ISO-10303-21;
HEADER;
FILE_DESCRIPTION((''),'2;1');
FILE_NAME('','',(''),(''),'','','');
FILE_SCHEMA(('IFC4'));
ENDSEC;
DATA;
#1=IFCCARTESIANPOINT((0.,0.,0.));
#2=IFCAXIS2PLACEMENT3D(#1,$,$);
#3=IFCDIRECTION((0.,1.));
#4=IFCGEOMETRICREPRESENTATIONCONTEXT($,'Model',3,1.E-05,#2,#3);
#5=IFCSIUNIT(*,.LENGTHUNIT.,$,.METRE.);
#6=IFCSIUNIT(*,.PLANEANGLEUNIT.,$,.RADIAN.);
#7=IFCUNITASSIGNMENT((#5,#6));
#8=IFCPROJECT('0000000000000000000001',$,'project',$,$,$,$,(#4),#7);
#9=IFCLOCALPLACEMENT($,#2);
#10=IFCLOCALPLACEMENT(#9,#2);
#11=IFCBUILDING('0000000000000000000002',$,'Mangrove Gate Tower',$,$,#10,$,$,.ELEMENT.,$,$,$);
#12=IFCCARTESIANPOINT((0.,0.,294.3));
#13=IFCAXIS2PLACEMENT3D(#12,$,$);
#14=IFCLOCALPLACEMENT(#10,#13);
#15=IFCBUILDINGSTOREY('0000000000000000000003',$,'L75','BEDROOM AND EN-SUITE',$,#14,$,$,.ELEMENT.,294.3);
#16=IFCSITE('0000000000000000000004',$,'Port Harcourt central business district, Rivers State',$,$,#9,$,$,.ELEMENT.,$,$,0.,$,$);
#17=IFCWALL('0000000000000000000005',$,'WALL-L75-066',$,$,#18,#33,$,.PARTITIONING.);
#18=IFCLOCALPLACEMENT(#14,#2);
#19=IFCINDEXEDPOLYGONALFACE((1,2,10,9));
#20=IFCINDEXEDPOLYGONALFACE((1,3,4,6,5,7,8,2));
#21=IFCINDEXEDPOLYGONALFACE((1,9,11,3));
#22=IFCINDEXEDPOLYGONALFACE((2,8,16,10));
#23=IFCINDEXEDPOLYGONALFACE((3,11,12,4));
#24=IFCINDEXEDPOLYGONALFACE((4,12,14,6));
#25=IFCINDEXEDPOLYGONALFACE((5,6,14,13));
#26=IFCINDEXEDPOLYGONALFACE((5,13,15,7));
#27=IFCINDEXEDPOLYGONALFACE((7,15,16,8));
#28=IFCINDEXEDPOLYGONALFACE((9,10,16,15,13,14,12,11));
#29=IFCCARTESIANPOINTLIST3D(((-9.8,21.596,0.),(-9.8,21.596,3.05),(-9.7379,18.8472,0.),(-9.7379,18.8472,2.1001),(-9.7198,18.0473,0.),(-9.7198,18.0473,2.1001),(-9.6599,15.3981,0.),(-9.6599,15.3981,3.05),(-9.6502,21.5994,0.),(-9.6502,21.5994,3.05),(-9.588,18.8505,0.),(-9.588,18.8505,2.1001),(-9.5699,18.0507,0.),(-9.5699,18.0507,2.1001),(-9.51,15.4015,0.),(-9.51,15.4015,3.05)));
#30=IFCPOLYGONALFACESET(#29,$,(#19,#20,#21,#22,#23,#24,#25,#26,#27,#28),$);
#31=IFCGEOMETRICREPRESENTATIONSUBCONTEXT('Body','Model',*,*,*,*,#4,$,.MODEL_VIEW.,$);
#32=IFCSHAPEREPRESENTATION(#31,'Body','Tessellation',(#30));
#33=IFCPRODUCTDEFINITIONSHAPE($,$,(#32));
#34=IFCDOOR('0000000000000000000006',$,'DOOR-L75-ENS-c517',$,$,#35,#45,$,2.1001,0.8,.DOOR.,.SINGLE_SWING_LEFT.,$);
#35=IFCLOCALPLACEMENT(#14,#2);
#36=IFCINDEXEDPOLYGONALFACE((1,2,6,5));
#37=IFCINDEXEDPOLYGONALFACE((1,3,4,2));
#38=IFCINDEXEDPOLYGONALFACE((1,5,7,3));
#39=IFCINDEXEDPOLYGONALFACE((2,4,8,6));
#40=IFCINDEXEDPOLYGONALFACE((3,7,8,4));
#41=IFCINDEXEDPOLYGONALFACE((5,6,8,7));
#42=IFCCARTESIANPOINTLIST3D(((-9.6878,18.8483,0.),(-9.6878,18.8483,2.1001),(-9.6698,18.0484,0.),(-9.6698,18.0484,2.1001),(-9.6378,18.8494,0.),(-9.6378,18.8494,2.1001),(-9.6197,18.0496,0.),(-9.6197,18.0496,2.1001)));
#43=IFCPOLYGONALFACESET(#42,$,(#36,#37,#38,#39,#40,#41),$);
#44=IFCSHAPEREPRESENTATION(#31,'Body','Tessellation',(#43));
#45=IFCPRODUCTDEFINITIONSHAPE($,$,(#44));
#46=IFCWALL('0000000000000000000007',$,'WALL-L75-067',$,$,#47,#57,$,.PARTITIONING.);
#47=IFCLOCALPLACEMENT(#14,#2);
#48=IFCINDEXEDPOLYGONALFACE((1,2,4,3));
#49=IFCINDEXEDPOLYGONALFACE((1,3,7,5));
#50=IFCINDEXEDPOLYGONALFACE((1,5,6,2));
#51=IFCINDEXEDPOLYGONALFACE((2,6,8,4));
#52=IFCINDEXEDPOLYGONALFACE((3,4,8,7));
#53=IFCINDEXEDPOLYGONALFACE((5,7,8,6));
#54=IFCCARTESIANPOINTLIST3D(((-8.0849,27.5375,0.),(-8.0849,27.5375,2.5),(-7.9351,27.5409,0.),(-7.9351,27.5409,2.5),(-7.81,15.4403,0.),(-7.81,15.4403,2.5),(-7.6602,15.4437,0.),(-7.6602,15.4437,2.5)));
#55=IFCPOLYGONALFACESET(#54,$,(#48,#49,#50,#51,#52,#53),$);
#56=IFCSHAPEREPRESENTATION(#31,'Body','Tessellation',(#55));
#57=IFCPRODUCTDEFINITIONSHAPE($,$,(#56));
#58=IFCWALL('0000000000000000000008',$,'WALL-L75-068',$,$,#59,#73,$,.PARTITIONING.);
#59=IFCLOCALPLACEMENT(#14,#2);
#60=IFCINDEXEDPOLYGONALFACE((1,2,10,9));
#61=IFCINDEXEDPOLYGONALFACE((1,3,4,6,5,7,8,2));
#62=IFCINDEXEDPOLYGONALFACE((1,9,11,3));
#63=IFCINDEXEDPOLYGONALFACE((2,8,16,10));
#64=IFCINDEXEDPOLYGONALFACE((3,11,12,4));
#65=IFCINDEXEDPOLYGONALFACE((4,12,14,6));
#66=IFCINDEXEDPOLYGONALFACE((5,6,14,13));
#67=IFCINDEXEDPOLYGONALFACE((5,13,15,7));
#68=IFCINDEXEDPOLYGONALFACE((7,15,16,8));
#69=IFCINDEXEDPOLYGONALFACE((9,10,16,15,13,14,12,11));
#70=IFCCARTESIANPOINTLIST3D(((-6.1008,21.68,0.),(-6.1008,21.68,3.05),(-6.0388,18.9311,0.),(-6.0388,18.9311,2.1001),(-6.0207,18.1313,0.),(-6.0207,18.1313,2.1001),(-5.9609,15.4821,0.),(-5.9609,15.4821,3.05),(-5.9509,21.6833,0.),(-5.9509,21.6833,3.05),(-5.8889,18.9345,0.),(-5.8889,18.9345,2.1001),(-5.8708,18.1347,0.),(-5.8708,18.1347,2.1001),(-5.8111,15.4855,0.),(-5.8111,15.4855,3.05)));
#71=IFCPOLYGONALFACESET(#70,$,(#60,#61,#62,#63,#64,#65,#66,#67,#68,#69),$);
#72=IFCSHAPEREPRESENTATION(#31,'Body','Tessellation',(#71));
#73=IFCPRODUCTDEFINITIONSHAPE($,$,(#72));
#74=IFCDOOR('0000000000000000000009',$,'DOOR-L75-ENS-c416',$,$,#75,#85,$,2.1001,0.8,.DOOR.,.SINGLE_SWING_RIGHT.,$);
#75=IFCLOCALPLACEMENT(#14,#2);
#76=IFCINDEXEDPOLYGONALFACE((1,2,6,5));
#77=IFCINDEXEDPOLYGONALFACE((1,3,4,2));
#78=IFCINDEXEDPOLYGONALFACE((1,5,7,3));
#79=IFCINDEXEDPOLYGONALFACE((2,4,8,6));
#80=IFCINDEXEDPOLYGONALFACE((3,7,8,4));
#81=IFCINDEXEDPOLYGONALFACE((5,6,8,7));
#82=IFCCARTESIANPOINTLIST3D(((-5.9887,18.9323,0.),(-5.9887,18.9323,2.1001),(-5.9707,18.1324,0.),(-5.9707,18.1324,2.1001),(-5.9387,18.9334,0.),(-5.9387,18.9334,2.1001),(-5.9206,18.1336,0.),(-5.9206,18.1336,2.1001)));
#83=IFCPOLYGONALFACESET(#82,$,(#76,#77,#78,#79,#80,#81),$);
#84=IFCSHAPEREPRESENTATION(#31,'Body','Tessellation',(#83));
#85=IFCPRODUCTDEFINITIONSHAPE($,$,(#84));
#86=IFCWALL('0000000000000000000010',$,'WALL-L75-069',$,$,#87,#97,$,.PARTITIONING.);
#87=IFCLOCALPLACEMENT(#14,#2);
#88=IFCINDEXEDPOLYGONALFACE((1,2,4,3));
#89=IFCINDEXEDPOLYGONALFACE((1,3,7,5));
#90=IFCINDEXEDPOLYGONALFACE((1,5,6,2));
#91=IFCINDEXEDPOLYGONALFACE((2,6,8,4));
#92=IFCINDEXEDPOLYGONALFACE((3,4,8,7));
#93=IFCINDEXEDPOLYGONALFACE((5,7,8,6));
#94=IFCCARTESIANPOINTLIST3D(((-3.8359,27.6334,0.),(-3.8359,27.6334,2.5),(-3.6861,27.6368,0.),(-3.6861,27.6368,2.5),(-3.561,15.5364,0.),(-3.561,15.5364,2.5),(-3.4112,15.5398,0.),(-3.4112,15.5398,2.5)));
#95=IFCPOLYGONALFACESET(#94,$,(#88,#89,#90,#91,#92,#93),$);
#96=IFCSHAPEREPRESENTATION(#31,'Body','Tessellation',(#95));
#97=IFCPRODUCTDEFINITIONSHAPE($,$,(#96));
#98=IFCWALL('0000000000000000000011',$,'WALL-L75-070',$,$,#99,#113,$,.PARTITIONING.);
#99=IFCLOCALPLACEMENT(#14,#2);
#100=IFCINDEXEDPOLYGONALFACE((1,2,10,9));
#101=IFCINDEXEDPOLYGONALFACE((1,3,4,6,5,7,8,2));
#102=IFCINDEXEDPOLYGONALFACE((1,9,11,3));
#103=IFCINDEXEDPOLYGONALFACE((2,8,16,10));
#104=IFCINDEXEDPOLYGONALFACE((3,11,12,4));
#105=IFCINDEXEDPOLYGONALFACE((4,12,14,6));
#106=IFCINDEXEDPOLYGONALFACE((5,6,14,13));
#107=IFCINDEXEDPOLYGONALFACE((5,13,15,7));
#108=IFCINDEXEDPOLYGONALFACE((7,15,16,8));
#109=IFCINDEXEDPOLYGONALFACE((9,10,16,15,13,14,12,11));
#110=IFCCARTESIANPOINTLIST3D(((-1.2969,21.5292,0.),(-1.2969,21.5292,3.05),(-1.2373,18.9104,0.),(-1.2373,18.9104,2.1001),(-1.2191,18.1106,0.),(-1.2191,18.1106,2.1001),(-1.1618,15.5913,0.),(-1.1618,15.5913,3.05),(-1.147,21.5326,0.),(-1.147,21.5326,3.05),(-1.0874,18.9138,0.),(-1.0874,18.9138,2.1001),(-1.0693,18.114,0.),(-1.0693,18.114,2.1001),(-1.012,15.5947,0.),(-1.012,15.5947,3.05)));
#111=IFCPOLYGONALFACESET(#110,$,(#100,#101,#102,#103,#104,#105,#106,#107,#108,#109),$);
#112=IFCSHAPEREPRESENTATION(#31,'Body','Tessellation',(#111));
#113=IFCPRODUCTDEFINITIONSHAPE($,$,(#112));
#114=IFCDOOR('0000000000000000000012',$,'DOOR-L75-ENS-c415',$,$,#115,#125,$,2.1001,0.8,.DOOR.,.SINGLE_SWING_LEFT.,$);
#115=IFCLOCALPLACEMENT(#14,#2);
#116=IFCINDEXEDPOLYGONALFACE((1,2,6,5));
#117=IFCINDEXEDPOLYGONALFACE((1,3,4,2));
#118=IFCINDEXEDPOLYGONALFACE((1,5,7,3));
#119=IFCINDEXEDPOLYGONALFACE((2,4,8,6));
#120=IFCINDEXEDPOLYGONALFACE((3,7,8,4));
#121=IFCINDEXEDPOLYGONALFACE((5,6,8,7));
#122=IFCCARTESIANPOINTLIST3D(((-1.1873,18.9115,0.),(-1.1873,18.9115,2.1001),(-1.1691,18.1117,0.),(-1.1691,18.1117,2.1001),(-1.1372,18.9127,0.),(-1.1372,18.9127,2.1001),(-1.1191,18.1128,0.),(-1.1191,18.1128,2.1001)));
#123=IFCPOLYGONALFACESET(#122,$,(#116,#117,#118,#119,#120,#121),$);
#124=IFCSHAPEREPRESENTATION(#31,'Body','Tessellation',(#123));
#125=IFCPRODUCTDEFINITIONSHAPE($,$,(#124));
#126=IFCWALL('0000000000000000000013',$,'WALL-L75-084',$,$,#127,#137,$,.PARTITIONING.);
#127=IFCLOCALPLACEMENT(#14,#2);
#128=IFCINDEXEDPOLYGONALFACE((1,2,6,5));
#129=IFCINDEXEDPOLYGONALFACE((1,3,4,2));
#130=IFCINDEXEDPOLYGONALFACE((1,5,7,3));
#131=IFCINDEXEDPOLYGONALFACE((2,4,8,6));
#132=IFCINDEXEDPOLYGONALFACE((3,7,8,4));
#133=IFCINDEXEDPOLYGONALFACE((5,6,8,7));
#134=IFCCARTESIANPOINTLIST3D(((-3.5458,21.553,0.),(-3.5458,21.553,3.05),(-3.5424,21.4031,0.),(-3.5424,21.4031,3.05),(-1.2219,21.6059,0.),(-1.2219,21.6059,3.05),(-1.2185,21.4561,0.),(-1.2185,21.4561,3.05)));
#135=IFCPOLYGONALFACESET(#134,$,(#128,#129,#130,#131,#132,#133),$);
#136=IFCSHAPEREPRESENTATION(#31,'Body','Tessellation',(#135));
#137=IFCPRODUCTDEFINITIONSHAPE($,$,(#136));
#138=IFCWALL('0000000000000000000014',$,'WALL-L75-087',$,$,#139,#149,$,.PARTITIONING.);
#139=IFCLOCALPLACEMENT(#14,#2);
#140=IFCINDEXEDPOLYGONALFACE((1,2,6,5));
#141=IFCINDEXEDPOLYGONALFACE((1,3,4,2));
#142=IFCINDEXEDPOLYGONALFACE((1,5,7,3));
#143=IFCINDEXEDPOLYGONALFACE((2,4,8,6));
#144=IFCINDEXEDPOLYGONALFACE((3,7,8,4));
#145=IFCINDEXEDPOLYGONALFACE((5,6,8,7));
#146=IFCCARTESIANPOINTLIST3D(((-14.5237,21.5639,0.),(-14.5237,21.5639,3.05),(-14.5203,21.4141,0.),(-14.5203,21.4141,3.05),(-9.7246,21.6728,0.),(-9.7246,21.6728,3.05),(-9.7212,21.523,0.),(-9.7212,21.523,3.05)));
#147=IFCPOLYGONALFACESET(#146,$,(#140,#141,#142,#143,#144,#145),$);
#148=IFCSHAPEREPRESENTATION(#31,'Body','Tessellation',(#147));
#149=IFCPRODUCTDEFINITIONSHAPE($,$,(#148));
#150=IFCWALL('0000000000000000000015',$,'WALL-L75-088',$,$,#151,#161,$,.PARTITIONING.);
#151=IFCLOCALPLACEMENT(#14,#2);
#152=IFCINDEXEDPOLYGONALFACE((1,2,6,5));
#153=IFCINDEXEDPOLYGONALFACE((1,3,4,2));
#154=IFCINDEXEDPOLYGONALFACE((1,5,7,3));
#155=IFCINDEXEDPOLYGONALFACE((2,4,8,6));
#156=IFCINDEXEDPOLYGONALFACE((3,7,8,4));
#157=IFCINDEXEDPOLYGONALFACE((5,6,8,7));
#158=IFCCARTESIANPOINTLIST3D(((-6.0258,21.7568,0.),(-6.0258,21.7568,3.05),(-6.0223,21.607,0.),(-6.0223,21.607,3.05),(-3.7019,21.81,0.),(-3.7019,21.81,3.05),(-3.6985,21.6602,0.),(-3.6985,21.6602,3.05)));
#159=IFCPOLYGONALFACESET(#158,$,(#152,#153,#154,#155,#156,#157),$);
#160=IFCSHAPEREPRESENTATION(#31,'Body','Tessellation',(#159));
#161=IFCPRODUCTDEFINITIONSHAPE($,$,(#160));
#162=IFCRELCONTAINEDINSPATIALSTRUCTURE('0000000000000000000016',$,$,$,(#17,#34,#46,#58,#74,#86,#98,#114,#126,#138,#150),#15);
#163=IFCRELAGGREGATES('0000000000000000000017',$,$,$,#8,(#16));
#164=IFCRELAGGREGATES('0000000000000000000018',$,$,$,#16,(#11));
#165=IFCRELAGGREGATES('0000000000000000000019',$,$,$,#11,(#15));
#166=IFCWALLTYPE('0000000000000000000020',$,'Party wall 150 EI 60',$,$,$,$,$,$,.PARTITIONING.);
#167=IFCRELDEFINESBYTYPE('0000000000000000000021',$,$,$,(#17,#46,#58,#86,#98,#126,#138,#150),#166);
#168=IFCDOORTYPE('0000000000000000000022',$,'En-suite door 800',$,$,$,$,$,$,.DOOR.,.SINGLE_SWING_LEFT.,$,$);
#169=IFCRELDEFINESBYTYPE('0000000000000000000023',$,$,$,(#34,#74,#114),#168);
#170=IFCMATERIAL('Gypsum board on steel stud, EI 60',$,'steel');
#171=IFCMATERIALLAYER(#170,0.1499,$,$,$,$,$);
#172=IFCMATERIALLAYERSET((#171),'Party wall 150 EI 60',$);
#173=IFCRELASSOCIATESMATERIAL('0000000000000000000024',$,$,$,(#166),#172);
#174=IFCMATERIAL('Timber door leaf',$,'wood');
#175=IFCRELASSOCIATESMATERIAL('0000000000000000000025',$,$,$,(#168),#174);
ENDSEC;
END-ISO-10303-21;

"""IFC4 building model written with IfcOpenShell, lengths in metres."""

from ifc_helpers import new_model, si_unit, direction, frame, frame_2d, origin, place, context, subcontext, project, spatial, rectangle, extrude, material, layer, layer_set, type_object, element, fill, save


model = new_model("IFC4")

# Units and contexts
model_context = context("Model", 3, precision=1e-05, world=origin(), true_north=direction((0.0, 1.0)))
body_context = subcontext(model_context, "Body", "Model", "MODEL_VIEW")
ifc_project = project(units=[si_unit("LENGTHUNIT", "METRE"), si_unit("PLANEANGLEUNIT", "RADIAN")], contexts=[model_context])

# Site, building, storey
site_placement = place(None, origin())
site = spatial("IfcSite", under=ifc_project, at=site_placement, Name="Port Harcourt central business district, Rivers State", CompositionType="ELEMENT", RefElevation=0.0)
building_placement = place(site_placement, origin())
building = spatial("IfcBuilding", under=site, at=building_placement, Name="Mangrove Gate Tower", CompositionType="ELEMENT")
storey_placement = place(building_placement, frame((0.0, 0.0, 294.3)))
storey = spatial("IfcBuildingStorey", under=building, at=storey_placement, Name="L75", Description="BEDROOM AND EN-SUITE", CompositionType="ELEMENT", Elevation=294.3)

# Shared definitions
ifc_material_1 = material(Name="Gypsum board on steel stud, EI 60", Category="steel")
ifc_layer = layer(ifc_material_1, 0.1499)
ifc_layer_set = layer_set([ifc_layer], Name="Party wall 150 EI 60")
wall_type = type_object("IfcWallType", Name="Party wall 150 EI 60", PredefinedType="PARTITIONING", material=ifc_layer_set)
ifc_material_2 = material(Name="Timber door leaf", Category="wood")
door_type = type_object("IfcDoorType", Name="En-suite door 800", OperationType="SINGLE_SWING_LEFT", PredefinedType="DOOR", material=ifc_material_2)

# Wall, opening, door
wall_1_placement = place(storey_placement, frame((-9.585, 15.3999, 0.0), z_axis=(0.0, 0.0, 1.0), x_axis=(-0.022604, 0.999744, 0.0)))
wall_1 = element("IfcWall", 1, at=wall_1_placement, inside=storey, type_object=wall_type, Name="WALL-L75-066", PredefinedType="PARTITIONING", context=body_context, shape_type="SweptSolid", body=[
    extrude(rectangle(XDim=6.1995, YDim=0.1499, at=frame_2d((3.0996, 0.0))), origin(), (0.0, 0.0, 1.0), 3.05),
])
opening_1_placement = place(wall_1_placement, frame((2.6499, 0.0, 0.0)))
opening_1 = element("IfcOpeningElement", 2, at=opening_1_placement, cuts=wall_1, PredefinedType="OPENING", context=body_context, shape_type="SweptSolid", body=[
    extrude(rectangle(XDim=0.8, YDim=2.1001, at=frame_2d((0.3999, 1.05))), frame((0.0, 0.085, 0.0), z_axis=(0.0, -1.0, 0.0), x_axis=(1.0, 0.0, 0.0)), (0.0, 0.0, 1.0), 0.1699),
])
door_1_placement = place(opening_1_placement, origin())
door_1 = element("IfcDoor", 3, at=door_1_placement, inside=storey, type_object=door_type, Name="DOOR-L75-ENS-c517", OperationType="SINGLE_SWING_LEFT", OverallHeight=2.1001, OverallWidth=0.8, PredefinedType="DOOR", context=body_context, shape_type="SweptSolid", body=[
    extrude(rectangle(XDim=0.8, YDim=2.1001, at=frame_2d((0.3999, 1.05))), frame((0.0, 0.0249, 0.0), z_axis=(0.0, -1.0, 0.0), x_axis=(1.0, 0.0, 0.0)), (0.0, 0.0, 1.0), 0.05),
])
fill(opening_1, door_1)

# Wall
wall_2_placement = place(storey_placement, frame((-7.7351, 15.4419, 0.0), z_axis=(0.0, 0.0, 1.0), x_axis=(-0.022719, 0.999742, 0.0)))
element("IfcWall", 4, at=wall_2_placement, inside=storey, type_object=wall_type, Name="WALL-L75-067", PredefinedType="PARTITIONING", context=body_context, shape_type="SweptSolid", body=[
    extrude(rectangle(XDim=12.1003, YDim=0.1499, at=frame_2d((6.0503, 0.0))), origin(), (0.0, 0.0, 1.0), 2.5),
])

# Wall, opening, door
wall_3_placement = place(storey_placement, frame((-5.886, 15.4839, 0.0), z_axis=(0.0, 0.0, 1.0), x_axis=(-0.022565, 0.999745, 0.0)))
wall_3 = element("IfcWall", 5, at=wall_3_placement, inside=storey, type_object=wall_type, Name="WALL-L75-068", PredefinedType="PARTITIONING", context=body_context, shape_type="SweptSolid", body=[
    extrude(rectangle(XDim=6.1995, YDim=0.1499, at=frame_2d((3.0996, 0.0))), origin(), (0.0, 0.0, 1.0), 3.05),
])
opening_2_placement = place(wall_3_placement, frame((2.6499, 0.0, 0.0)))
opening_2 = element("IfcOpeningElement", 6, at=opening_2_placement, cuts=wall_3, PredefinedType="OPENING", context=body_context, shape_type="SweptSolid", body=[
    extrude(rectangle(XDim=0.8, YDim=2.1001, at=frame_2d((0.3999, 1.05))), frame((0.0, 0.085, 0.0), z_axis=(0.0, -1.0, 0.0), x_axis=(1.0, 0.0, 0.0)), (0.0, 0.0, 1.0), 0.1699),
])
door_2_placement = place(opening_2_placement, origin())
door_2 = element("IfcDoor", 7, at=door_2_placement, inside=storey, type_object=door_type, Name="DOOR-L75-ENS-c416", OperationType="SINGLE_SWING_RIGHT", OverallHeight=2.1001, OverallWidth=0.8, PredefinedType="DOOR", context=body_context, shape_type="SweptSolid", body=[
    extrude(rectangle(XDim=0.8, YDim=2.1001, at=frame_2d((0.3999, 1.05))), frame((0.0, 0.0249, 0.0), z_axis=(0.0, -1.0, 0.0), x_axis=(1.0, 0.0, 0.0)), (0.0, 0.0, 1.0), 0.05),
])
fill(opening_2, door_2)

# Wall
wall_4_placement = place(storey_placement, frame((-3.4861, 15.5381, 0.0), z_axis=(0.0, 0.0, 1.0), x_axis=(-0.022719, 0.999742, 0.0)))
element("IfcWall", 8, at=wall_4_placement, inside=storey, type_object=wall_type, Name="WALL-L75-069", PredefinedType="PARTITIONING", context=body_context, shape_type="SweptSolid", body=[
    extrude(rectangle(XDim=12.1001, YDim=0.1499, at=frame_2d((6.05, 0.0))), origin(), (0.0, 0.0, 1.0), 2.5),
])

# Wall, opening, door
wall_5_placement = place(storey_placement, frame((-1.0869, 15.593, 0.0), z_axis=(0.0, 0.0, 1.0), x_axis=(-0.022731, 0.999742, 0.0)))
wall_5 = element("IfcWall", 9, at=wall_5_placement, inside=storey, type_object=wall_type, Name="WALL-L75-070", PredefinedType="PARTITIONING", context=body_context, shape_type="SweptSolid", body=[
    extrude(rectangle(XDim=5.9395, YDim=0.1499, at=frame_2d((2.9697, 0.0))), origin(), (0.0, 0.0, 1.0), 3.05),
])
opening_3_placement = place(wall_5_placement, frame((2.52, 0.0, 0.0)))
opening_3 = element("IfcOpeningElement", 10, at=opening_3_placement, cuts=wall_5, PredefinedType="OPENING", context=body_context, shape_type="SweptSolid", body=[
    extrude(rectangle(XDim=0.8, YDim=2.1001, at=frame_2d((0.3999, 1.05))), frame((0.0, 0.085, 0.0), z_axis=(0.0, -1.0, 0.0), x_axis=(1.0, 0.0, 0.0)), (0.0, 0.0, 1.0), 0.1699),
])
door_3_placement = place(opening_3_placement, origin())
door_3 = element("IfcDoor", 11, at=door_3_placement, inside=storey, type_object=door_type, Name="DOOR-L75-ENS-c415", OperationType="SINGLE_SWING_LEFT", OverallHeight=2.1001, OverallWidth=0.8, PredefinedType="DOOR", context=body_context, shape_type="SweptSolid", body=[
    extrude(rectangle(XDim=0.8, YDim=2.1001, at=frame_2d((0.3999, 1.05))), frame((0.0, 0.0249, 0.0), z_axis=(0.0, -1.0, 0.0), x_axis=(1.0, 0.0, 0.0)), (0.0, 0.0, 1.0), 0.05),
])
fill(opening_3, door_3)

# Walls
wall_6_placement = place(storey_placement, frame((-3.5439, 21.478, 0.0), z_axis=(0.0, 0.0, 1.0), x_axis=(0.99974, 0.022791, 0.0)))
element("IfcWall", 12, at=wall_6_placement, inside=storey, type_object=wall_type, Name="WALL-L75-084", PredefinedType="PARTITIONING", context=body_context, shape_type="SweptSolid", body=[
    extrude(rectangle(XDim=2.3245, YDim=0.1499, at=frame_2d((1.1621, 0.0))), origin(), (0.0, 0.0, 1.0), 3.05),
])
wall_7_placement = place(storey_placement, frame((-14.522, 21.489, 0.0), z_axis=(0.0, 0.0, 1.0), x_axis=(0.999743, 0.022683, 0.0)))
element("IfcWall", 13, at=wall_7_placement, inside=storey, type_object=wall_type, Name="WALL-L75-087", PredefinedType="PARTITIONING", context=body_context, shape_type="SweptSolid", body=[
    extrude(rectangle(XDim=4.8003, YDim=0.1499, at=frame_2d((2.4001, 0.0))), origin(), (0.0, 0.0, 1.0), 3.05),
])
wall_8_placement = place(storey_placement, frame((-6.0239, 21.6819, 0.0), z_axis=(0.0, 0.0, 1.0), x_axis=(0.999738, 0.022896, 0.0)))
element("IfcWall", 14, at=wall_8_placement, inside=storey, type_object=wall_type, Name="WALL-L75-088", PredefinedType="PARTITIONING", context=body_context, shape_type="SweptSolid", body=[
    extrude(rectangle(XDim=2.3245, YDim=0.1499, at=frame_2d((1.1621, 0.0))), origin(), (0.0, 0.0, 1.0), 3.05),
])

save(model, "model.ifc")
